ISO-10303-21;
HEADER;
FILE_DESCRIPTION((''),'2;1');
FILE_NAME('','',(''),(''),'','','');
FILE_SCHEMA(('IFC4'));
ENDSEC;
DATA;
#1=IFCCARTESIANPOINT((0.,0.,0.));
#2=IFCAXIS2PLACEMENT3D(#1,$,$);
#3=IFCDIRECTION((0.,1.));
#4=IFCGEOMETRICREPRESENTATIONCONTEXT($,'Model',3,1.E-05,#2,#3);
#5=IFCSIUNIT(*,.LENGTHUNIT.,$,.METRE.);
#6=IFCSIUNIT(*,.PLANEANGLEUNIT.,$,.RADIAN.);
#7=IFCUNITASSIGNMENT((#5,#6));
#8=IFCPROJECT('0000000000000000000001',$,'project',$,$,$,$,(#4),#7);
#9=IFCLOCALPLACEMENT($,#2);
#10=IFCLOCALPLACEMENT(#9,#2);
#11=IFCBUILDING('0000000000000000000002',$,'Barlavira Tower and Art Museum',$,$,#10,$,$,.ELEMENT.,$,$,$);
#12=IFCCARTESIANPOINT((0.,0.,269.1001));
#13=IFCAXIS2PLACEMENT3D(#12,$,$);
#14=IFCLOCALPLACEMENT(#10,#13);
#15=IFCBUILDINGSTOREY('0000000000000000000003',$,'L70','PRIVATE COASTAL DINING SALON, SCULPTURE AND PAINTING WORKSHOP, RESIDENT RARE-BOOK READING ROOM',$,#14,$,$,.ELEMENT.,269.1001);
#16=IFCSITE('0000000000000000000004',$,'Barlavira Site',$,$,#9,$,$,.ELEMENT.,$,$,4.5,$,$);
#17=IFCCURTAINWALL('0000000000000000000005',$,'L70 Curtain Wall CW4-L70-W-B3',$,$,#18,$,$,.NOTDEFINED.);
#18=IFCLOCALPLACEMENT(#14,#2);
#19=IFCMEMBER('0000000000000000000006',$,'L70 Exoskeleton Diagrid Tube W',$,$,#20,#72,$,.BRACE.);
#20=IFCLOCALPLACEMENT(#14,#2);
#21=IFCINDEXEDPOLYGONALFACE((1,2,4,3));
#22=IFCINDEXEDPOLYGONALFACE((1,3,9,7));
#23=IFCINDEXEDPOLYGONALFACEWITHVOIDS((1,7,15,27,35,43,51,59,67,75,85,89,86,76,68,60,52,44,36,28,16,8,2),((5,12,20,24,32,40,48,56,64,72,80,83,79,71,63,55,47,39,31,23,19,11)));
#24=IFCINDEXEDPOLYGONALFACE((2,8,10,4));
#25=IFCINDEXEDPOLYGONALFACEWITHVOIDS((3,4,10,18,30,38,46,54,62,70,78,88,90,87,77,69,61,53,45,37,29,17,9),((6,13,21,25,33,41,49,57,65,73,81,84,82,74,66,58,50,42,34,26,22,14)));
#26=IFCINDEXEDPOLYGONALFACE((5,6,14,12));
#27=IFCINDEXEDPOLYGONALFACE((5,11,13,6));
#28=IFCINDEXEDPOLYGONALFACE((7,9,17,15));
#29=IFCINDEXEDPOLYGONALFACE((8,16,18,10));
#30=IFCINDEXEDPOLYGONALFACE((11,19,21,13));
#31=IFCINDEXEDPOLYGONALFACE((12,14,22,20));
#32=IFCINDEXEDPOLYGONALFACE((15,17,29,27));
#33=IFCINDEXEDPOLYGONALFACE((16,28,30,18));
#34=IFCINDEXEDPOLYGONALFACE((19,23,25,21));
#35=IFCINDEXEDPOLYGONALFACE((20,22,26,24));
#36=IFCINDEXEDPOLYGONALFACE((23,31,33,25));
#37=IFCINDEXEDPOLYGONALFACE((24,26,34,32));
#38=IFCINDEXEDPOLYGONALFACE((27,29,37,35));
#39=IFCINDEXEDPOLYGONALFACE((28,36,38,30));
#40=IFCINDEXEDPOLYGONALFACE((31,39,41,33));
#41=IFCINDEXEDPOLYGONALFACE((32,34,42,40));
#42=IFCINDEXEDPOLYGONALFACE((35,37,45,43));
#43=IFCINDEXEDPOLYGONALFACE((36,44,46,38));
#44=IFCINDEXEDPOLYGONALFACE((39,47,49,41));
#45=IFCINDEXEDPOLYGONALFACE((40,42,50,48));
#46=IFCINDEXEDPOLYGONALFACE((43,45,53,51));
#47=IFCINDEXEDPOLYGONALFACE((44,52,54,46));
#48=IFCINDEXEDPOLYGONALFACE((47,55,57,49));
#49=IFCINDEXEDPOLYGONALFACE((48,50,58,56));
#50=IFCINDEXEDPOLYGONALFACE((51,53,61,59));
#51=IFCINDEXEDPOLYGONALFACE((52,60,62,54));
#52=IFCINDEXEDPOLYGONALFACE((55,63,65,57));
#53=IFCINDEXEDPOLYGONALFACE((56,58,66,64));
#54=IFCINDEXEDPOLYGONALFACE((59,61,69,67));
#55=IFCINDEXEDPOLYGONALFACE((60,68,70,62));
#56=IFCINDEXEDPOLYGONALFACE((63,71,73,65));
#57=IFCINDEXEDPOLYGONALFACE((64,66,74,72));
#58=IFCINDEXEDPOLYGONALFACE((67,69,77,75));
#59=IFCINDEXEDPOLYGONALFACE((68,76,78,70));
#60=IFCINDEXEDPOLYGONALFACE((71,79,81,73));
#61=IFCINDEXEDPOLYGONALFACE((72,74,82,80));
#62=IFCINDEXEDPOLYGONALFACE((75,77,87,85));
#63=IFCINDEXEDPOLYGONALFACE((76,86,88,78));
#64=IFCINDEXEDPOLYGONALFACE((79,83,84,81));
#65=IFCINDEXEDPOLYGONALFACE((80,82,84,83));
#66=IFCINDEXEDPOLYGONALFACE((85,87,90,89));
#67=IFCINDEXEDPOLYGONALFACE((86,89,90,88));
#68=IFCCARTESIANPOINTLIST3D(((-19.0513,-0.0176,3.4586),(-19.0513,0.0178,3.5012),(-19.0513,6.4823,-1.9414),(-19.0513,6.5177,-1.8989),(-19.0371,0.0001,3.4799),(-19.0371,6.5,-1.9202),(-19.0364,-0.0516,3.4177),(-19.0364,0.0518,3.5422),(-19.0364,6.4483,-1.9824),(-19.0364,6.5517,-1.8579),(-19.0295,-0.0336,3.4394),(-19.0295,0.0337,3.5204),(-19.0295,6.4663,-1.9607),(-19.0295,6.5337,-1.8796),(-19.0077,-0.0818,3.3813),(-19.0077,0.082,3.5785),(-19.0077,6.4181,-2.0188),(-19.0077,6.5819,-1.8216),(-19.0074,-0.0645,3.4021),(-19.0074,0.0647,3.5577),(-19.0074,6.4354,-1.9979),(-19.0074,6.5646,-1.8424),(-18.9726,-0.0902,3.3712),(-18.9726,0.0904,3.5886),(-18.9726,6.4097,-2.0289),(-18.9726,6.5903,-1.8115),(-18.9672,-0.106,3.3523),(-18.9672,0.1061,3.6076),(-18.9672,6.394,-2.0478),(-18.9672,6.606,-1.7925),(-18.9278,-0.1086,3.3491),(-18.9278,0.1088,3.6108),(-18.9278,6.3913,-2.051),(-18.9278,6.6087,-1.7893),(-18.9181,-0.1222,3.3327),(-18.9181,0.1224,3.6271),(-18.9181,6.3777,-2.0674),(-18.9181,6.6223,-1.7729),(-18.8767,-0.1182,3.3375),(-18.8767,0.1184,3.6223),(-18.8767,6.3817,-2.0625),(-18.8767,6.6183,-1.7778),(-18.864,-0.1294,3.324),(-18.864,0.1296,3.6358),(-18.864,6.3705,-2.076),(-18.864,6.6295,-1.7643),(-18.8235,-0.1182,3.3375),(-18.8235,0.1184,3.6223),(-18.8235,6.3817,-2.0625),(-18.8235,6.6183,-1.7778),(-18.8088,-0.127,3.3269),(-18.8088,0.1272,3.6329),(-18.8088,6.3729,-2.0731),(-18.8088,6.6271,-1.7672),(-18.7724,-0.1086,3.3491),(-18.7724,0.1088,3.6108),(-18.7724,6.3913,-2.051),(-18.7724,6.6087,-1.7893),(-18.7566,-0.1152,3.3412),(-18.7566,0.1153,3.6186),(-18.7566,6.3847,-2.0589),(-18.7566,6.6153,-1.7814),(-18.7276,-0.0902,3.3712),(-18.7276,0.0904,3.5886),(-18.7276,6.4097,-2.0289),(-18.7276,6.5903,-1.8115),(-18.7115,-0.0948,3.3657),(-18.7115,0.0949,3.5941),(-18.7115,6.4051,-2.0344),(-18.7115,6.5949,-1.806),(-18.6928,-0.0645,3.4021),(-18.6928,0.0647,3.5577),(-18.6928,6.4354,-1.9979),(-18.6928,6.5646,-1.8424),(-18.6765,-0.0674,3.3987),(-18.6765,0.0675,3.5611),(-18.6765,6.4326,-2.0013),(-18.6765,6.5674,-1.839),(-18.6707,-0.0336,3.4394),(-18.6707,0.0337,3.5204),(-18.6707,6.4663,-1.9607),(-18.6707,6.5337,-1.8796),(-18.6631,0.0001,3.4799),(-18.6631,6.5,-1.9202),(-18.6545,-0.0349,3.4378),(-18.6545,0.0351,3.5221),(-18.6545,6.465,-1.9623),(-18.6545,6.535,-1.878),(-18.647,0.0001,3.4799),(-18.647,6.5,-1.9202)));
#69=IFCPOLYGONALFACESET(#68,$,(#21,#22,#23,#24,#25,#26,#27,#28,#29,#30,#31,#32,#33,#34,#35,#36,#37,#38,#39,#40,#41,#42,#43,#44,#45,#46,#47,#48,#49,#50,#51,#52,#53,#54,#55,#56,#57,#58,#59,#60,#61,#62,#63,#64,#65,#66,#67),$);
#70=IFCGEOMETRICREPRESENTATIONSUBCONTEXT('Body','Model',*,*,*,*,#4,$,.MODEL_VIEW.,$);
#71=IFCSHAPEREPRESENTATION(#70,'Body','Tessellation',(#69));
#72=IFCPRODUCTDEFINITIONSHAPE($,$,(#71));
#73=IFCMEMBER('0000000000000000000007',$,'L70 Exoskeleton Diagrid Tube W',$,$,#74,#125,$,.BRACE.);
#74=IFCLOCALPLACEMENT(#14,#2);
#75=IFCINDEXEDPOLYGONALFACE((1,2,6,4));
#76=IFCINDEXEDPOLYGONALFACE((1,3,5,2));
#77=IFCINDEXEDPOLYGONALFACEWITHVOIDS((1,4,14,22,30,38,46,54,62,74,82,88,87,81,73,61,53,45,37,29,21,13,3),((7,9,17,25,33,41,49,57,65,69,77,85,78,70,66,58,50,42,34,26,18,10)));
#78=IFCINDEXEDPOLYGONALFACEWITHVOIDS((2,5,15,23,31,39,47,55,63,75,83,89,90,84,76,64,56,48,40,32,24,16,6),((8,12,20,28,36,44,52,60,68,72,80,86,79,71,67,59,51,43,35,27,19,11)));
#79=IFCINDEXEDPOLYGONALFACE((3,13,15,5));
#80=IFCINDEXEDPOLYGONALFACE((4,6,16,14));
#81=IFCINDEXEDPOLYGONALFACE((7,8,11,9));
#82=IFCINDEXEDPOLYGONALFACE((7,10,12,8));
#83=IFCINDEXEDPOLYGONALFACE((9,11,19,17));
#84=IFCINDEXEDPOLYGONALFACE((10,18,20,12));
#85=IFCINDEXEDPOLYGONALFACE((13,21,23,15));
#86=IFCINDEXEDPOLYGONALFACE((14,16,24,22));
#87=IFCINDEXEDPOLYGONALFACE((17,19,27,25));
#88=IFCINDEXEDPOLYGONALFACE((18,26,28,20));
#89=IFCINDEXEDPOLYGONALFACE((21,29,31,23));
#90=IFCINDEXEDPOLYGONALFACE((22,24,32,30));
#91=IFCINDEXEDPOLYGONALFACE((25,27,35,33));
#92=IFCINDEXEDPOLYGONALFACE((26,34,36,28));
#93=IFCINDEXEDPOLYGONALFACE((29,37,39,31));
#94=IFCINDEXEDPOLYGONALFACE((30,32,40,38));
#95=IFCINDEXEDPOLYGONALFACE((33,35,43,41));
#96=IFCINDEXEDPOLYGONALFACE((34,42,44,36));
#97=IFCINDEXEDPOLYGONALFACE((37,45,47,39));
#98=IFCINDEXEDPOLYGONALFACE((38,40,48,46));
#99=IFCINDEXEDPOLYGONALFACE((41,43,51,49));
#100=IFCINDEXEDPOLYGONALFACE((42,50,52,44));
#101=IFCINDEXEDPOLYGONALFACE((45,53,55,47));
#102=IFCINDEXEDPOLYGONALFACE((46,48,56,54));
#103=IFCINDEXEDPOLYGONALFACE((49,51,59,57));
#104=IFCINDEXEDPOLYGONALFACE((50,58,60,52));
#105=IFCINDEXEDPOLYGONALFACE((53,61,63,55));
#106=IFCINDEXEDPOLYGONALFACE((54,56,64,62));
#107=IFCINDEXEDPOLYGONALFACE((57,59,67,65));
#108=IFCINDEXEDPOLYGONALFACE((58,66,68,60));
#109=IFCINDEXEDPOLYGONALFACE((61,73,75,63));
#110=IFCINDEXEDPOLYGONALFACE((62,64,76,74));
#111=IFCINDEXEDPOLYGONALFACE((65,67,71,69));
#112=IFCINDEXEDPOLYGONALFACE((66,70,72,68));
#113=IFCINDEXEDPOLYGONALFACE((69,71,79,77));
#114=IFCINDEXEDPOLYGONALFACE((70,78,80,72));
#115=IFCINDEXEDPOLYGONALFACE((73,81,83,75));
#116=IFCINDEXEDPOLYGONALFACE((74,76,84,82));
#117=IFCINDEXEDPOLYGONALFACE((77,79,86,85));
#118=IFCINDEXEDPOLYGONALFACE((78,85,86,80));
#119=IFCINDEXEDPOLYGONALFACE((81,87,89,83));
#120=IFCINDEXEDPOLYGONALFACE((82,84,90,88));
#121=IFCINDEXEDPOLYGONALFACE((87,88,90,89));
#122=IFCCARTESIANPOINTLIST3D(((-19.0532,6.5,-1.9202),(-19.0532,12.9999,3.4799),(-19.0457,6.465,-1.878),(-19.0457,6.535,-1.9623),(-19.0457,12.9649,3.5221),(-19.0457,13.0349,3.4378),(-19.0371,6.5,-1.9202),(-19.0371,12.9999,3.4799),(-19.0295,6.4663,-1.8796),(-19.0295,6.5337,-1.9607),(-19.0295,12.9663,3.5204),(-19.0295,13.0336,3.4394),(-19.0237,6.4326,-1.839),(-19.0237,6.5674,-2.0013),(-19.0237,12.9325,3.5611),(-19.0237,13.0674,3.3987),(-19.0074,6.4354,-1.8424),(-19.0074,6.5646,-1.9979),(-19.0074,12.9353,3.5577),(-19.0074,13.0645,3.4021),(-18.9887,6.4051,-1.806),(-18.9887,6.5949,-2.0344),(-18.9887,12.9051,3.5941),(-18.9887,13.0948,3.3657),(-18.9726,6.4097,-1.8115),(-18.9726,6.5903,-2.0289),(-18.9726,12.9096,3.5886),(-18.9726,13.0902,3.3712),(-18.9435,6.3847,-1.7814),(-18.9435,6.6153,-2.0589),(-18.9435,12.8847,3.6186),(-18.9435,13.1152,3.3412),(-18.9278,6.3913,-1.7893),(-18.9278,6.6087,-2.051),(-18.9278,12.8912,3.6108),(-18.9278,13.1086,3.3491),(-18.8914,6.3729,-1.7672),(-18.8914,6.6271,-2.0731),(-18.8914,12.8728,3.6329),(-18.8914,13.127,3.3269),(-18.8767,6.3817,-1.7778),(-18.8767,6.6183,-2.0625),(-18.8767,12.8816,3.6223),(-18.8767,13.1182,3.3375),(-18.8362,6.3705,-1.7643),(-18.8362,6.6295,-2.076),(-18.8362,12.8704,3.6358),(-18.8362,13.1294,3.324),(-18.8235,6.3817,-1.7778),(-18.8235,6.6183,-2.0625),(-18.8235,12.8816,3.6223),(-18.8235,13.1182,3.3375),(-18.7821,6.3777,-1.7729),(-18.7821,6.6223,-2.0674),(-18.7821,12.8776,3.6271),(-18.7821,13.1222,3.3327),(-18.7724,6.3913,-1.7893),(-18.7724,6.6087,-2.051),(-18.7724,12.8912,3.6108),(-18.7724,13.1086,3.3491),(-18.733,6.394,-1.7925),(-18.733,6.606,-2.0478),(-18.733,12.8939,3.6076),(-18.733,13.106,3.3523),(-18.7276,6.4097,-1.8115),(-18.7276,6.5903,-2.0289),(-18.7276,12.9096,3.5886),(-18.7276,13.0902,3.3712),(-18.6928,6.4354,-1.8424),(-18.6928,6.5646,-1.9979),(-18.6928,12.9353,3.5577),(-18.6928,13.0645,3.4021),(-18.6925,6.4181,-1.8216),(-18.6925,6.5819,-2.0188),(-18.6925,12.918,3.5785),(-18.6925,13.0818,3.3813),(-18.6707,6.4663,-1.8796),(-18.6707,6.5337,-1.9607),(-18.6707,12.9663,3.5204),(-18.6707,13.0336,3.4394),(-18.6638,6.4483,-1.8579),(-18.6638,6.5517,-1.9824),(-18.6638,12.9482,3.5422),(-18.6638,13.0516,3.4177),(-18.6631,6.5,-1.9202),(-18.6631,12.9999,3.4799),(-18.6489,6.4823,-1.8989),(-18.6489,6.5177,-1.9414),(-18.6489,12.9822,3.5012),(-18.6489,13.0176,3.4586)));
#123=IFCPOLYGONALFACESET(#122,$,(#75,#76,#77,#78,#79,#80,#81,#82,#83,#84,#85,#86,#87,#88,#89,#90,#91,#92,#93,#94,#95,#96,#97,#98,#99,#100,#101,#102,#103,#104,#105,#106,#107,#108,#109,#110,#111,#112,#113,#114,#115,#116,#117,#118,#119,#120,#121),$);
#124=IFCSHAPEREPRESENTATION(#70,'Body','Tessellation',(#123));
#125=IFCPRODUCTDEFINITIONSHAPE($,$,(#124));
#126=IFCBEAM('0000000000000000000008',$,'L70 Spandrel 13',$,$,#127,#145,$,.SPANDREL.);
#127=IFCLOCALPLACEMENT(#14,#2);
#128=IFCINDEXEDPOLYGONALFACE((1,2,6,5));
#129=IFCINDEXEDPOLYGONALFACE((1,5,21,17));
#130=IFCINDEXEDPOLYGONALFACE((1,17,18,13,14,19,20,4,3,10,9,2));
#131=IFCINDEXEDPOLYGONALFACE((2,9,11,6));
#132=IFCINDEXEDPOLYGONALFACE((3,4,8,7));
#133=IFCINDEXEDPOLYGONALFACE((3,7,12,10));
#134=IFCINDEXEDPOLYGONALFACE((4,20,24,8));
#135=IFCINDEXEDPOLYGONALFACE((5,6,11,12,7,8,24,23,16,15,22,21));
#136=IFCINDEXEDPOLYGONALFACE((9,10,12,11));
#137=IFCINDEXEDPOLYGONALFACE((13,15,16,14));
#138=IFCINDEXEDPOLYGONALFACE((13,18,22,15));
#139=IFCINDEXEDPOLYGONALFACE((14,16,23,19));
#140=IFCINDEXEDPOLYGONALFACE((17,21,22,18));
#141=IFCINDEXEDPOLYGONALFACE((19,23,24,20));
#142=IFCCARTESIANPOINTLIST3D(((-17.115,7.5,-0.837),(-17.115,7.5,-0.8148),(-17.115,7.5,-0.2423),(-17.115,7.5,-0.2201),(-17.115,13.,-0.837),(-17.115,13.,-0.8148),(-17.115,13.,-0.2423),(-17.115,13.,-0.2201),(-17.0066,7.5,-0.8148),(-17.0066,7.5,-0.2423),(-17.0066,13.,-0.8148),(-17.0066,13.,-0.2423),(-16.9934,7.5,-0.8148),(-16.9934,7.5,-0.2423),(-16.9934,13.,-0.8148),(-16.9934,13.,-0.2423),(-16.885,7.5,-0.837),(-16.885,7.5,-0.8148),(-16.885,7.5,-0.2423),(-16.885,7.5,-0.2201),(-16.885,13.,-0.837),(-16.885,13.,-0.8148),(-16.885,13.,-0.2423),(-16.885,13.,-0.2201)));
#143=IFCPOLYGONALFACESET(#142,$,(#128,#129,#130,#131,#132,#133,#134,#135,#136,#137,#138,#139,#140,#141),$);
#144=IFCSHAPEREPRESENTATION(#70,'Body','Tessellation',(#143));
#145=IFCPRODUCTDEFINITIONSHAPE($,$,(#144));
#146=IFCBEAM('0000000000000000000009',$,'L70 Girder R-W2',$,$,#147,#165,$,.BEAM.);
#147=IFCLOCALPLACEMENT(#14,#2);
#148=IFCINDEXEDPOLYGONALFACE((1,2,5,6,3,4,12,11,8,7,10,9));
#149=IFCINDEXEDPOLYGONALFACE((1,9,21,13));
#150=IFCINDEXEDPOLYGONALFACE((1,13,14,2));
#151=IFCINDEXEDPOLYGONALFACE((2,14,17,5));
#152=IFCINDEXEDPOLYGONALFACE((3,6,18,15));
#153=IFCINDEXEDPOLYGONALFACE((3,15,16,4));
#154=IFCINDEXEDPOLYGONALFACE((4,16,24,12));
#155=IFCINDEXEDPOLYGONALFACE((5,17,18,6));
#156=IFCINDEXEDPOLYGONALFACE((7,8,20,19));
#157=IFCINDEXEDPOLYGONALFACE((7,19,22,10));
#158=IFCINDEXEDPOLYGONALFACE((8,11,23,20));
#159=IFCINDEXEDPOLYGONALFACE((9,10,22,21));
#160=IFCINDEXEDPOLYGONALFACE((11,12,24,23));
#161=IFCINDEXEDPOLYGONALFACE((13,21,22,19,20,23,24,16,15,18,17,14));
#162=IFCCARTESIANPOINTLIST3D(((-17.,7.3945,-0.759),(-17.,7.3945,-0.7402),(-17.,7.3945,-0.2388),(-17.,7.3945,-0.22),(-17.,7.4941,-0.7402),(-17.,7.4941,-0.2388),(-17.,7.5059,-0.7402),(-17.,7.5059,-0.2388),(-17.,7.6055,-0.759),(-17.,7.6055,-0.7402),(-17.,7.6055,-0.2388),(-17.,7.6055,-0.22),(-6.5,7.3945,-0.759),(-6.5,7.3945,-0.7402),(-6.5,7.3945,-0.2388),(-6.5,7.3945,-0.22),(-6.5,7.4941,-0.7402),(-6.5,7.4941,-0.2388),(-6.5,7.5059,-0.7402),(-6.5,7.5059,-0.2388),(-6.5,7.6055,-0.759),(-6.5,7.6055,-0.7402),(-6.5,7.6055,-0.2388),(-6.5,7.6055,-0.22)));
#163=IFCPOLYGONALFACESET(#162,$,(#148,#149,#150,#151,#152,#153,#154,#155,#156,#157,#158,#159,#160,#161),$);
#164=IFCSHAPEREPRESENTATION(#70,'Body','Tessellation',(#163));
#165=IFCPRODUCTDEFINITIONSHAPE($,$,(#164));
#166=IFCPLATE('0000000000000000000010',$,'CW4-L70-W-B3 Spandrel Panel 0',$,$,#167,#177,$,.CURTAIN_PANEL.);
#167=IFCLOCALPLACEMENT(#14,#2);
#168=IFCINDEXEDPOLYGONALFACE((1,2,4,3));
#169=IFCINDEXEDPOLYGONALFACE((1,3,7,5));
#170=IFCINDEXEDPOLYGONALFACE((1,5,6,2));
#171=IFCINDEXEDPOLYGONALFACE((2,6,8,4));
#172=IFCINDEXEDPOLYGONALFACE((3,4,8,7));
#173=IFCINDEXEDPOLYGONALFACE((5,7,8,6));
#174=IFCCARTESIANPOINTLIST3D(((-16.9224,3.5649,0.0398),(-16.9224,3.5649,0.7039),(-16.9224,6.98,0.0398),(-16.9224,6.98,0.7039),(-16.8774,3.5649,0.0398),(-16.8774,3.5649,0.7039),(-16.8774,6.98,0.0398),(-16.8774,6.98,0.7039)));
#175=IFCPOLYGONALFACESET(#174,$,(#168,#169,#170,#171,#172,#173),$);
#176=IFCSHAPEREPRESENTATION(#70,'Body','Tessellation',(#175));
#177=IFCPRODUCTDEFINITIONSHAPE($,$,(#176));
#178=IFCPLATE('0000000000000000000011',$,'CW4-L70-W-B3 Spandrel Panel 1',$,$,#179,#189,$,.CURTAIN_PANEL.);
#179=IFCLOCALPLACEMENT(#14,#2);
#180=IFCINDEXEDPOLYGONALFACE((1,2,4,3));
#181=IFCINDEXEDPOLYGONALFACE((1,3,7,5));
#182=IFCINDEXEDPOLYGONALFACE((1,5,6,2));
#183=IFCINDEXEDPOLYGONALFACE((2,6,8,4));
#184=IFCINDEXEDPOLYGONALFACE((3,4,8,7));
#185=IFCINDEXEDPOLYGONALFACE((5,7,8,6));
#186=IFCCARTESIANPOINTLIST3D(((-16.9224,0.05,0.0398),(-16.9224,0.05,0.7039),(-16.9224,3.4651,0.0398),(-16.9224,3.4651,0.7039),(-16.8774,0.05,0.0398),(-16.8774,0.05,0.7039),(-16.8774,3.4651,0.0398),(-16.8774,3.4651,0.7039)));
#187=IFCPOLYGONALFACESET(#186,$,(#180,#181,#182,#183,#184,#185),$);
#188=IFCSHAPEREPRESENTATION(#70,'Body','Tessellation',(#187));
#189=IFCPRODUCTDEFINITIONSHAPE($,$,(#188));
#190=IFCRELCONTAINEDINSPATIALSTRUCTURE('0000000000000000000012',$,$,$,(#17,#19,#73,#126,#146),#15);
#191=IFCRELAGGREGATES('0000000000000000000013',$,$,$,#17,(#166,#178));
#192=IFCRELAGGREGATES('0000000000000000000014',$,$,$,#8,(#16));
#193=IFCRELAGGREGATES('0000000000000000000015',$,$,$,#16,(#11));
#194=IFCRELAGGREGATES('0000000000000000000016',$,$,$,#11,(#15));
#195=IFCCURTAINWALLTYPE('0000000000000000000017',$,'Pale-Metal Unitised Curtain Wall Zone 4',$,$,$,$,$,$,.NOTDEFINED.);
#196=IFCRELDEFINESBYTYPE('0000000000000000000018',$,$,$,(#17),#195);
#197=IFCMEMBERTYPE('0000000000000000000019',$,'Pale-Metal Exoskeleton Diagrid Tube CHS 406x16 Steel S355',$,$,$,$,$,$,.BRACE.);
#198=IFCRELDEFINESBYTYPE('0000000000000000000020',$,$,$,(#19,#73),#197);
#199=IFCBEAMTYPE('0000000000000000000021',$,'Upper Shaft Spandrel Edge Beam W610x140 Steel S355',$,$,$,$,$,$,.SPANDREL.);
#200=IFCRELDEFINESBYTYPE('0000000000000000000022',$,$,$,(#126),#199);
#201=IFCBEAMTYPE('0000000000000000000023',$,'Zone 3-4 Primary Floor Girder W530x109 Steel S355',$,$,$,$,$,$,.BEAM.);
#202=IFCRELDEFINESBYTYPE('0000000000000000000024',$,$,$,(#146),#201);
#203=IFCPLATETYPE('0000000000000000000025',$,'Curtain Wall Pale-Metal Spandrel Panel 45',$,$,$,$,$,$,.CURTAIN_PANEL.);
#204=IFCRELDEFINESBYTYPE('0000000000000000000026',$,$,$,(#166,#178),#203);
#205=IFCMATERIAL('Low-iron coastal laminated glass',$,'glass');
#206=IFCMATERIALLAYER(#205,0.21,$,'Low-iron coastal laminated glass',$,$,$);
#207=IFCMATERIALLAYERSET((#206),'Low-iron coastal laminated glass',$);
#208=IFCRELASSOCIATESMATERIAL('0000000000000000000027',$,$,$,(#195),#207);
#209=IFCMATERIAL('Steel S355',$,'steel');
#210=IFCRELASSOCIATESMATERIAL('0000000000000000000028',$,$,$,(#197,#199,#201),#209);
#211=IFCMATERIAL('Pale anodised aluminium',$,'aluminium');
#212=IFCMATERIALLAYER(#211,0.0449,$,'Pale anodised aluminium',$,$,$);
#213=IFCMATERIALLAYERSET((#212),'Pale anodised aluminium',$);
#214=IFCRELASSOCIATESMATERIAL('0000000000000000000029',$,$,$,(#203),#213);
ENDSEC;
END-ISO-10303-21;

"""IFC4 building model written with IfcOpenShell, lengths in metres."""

from ifc_helpers import new_model, si_unit, direction, frame, origin, origin_2d, place, context, subcontext, project, spatial, rectangle, hollow_circle, i_section, extrude, material, layer, layer_set, material_profile, profile_set, type_object, element, aggregate, save


model = new_model("IFC4")

# Units and contexts
model_context = context("Model", 3, precision=1e-05, world=origin(), true_north=direction((0.0, 1.0)))
body_context = subcontext(model_context, "Body", "Model", "MODEL_VIEW")
ifc_project = project(units=[si_unit("LENGTHUNIT", "METRE"), si_unit("PLANEANGLEUNIT", "RADIAN")], contexts=[model_context])

# Site, building, storey
site_placement = place(None, origin())
site = spatial("IfcSite", under=ifc_project, at=site_placement, Name="Barlavira Site", CompositionType="ELEMENT", RefElevation=4.5)
building_placement = place(site_placement, origin())
building = spatial("IfcBuilding", under=site, at=building_placement, Name="Barlavira Tower and Art Museum", CompositionType="ELEMENT")
storey_placement = place(building_placement, frame((0.0, 0.0, 269.1001)))
storey = spatial("IfcBuildingStorey", under=building, at=storey_placement, Name="L70", Description="PRIVATE COASTAL DINING SALON, SCULPTURE AND PAINTING WORKSHOP, RESIDENT RARE-BOOK READING ROOM", CompositionType="ELEMENT", Elevation=269.1001)

# Curtain wall
ifc_material_1 = material(Name="Low-iron coastal laminated glass", Category="glass")
ifc_layer_1 = layer(ifc_material_1, 0.21, Name="Low-iron coastal laminated glass")
ifc_layer_set_1 = layer_set([ifc_layer_1], Name="Low-iron coastal laminated glass")
curtain_wall_type = type_object("IfcCurtainWallType", Name="Pale-Metal Unitised Curtain Wall Zone 4", PredefinedType="NOTDEFINED", material=ifc_layer_set_1)
curtain_wall_placement = place(storey_placement, origin())
curtain_wall = element("IfcCurtainWall", 1, at=curtain_wall_placement, inside=storey, type_object=curtain_wall_type, Name="L70 Curtain Wall CW4-L70-W-B3", PredefinedType="NOTDEFINED")
ifc_material_2 = material(Name="Pale anodised aluminium", Category="aluminium")

# Members
ifc_material_3 = material(Name="Steel S355", Category="steel")
ifc_material_profile_1 = material_profile(ifc_material_3, hollow_circle(Radius=0.2031, WallThickness=0.0161, at=origin_2d()), Name="CHS 406.4x16.0")
ifc_profile_set_1 = profile_set([ifc_material_profile_1], Name="Steel S355")
member_type_1 = type_object("IfcMemberType", Name="Pale-Metal Exoskeleton Diagrid Tube CHS 406x16 Steel S355", PredefinedType="BRACE", material=ifc_profile_set_1)
for number, where, z_axis, x_axis, name in (
    (2, (-18.8501, 6.5, -1.9202), (0.0, -0.769182, 0.63903), (1.0, 0.0, 0.0), "L70 Exoskeleton Diagrid Tube W"),
    (3, (-18.8501, 6.5, -1.9202), (0.0, 0.769182, 0.63903), (-1.0, 0.0, 0.0), "L70 Exoskeleton Diagrid Tube W"),
):
    element("IfcMember", number, at=place(storey_placement, frame(where, z_axis=z_axis, x_axis=x_axis)), inside=storey, type_object=member_type_1, Name=name, PredefinedType="BRACE", context=body_context, shape_type="SweptSolid", body=[
        extrude(hollow_circle(Radius=0.2031, WallThickness=0.0161, at=origin_2d()), origin(), (0.0, 0.0, 1.0), 8.4504),
    ])

# Beams
ifc_material_profile_2 = material_profile(ifc_material_3, i_section(OverallWidth=0.23, OverallDepth=0.6169, WebThickness=0.0132, FlangeThickness=0.0222, at=origin_2d()), Name="W610x140.0")
ifc_profile_set_2 = profile_set([ifc_material_profile_2], Name="Steel S355")
beam_type_1 = type_object("IfcBeamType", Name="Upper Shaft Spandrel Edge Beam W610x140 Steel S355", PredefinedType="SPANDREL", material=ifc_profile_set_2)
beam_1_placement = place(storey_placement, frame((-17.0, 7.5, -0.5286), z_axis=(0.0, 1.0, 0.0), x_axis=(-1.0, 0.0, 0.0)))
element("IfcBeam", 4, at=beam_1_placement, inside=storey, type_object=beam_type_1, Name="L70 Spandrel 13", PredefinedType="SPANDREL", context=body_context, shape_type="SweptSolid", body=[
    extrude(i_section(OverallWidth=0.23, OverallDepth=0.6169, WebThickness=0.0132, FlangeThickness=0.0222, at=origin_2d()), origin(), (0.0, 0.0, 1.0), 5.5),
])
ifc_material_profile_3 = material_profile(ifc_material_3, i_section(OverallWidth=0.2109, OverallDepth=0.5391, WebThickness=0.0117, FlangeThickness=0.0188, at=origin_2d()), Name="W530x109.0")
ifc_profile_set_3 = profile_set([ifc_material_profile_3], Name="Steel S355")
beam_type_2 = type_object("IfcBeamType", Name="Zone 3-4 Primary Floor Girder W530x109 Steel S355", PredefinedType="BEAM", material=ifc_profile_set_3)
beam_2_placement = place(storey_placement, frame((-17.0, 7.5, -0.4895), z_axis=(1.0, 0.0, 0.0), x_axis=(0.0, 1.0, 0.0)))
element("IfcBeam", 5, at=beam_2_placement, inside=storey, type_object=beam_type_2, Name="L70 Girder R-W2", PredefinedType="BEAM", context=body_context, shape_type="SweptSolid", body=[
    extrude(i_section(OverallWidth=0.2109, OverallDepth=0.5391, WebThickness=0.0117, FlangeThickness=0.0188, at=origin_2d()), origin(), (0.0, 0.0, 1.0), 10.5),
])

# Plates
ifc_layer_2 = layer(ifc_material_2, 0.0449, Name="Pale anodised aluminium")
ifc_layer_set_2 = layer_set([ifc_layer_2], Name="Pale anodised aluminium")
plate_type_1 = type_object("IfcPlateType", Name="Curtain Wall Pale-Metal Spandrel Panel 45", PredefinedType="CURTAIN_PANEL", material=ifc_layer_set_2)
plate_1_placement = place(storey_placement, frame((-16.8999, 5.2725, 0.0398), z_axis=(0.0, 0.0, 1.0), x_axis=(0.0, -1.0, 0.0)))
plate_1 = element("IfcPlate", 6, at=plate_1_placement, type_object=plate_type_1, Name="CW4-L70-W-B3 Spandrel Panel 0", PredefinedType="CURTAIN_PANEL", context=body_context, shape_type="SweptSolid", body=[
    extrude(rectangle(XDim=3.415, YDim=0.0449, at=origin_2d()), origin(), (0.0, 0.0, 1.0), 0.6641),
])
plate_2_placement = place(storey_placement, frame((-16.8999, 1.7576, 0.0398), z_axis=(0.0, 0.0, 1.0), x_axis=(0.0, -1.0, 0.0)))
plate_2 = element("IfcPlate", 7, at=plate_2_placement, type_object=plate_type_1, Name="CW4-L70-W-B3 Spandrel Panel 1", PredefinedType="CURTAIN_PANEL", context=body_context, shape_type="SweptSolid", body=[
    extrude(rectangle(XDim=3.415, YDim=0.0449, at=origin_2d()), origin(), (0.0, 0.0, 1.0), 0.6641),
])
aggregate(curtain_wall, [plate_1, plate_2])

save(model, "model.ifc")
